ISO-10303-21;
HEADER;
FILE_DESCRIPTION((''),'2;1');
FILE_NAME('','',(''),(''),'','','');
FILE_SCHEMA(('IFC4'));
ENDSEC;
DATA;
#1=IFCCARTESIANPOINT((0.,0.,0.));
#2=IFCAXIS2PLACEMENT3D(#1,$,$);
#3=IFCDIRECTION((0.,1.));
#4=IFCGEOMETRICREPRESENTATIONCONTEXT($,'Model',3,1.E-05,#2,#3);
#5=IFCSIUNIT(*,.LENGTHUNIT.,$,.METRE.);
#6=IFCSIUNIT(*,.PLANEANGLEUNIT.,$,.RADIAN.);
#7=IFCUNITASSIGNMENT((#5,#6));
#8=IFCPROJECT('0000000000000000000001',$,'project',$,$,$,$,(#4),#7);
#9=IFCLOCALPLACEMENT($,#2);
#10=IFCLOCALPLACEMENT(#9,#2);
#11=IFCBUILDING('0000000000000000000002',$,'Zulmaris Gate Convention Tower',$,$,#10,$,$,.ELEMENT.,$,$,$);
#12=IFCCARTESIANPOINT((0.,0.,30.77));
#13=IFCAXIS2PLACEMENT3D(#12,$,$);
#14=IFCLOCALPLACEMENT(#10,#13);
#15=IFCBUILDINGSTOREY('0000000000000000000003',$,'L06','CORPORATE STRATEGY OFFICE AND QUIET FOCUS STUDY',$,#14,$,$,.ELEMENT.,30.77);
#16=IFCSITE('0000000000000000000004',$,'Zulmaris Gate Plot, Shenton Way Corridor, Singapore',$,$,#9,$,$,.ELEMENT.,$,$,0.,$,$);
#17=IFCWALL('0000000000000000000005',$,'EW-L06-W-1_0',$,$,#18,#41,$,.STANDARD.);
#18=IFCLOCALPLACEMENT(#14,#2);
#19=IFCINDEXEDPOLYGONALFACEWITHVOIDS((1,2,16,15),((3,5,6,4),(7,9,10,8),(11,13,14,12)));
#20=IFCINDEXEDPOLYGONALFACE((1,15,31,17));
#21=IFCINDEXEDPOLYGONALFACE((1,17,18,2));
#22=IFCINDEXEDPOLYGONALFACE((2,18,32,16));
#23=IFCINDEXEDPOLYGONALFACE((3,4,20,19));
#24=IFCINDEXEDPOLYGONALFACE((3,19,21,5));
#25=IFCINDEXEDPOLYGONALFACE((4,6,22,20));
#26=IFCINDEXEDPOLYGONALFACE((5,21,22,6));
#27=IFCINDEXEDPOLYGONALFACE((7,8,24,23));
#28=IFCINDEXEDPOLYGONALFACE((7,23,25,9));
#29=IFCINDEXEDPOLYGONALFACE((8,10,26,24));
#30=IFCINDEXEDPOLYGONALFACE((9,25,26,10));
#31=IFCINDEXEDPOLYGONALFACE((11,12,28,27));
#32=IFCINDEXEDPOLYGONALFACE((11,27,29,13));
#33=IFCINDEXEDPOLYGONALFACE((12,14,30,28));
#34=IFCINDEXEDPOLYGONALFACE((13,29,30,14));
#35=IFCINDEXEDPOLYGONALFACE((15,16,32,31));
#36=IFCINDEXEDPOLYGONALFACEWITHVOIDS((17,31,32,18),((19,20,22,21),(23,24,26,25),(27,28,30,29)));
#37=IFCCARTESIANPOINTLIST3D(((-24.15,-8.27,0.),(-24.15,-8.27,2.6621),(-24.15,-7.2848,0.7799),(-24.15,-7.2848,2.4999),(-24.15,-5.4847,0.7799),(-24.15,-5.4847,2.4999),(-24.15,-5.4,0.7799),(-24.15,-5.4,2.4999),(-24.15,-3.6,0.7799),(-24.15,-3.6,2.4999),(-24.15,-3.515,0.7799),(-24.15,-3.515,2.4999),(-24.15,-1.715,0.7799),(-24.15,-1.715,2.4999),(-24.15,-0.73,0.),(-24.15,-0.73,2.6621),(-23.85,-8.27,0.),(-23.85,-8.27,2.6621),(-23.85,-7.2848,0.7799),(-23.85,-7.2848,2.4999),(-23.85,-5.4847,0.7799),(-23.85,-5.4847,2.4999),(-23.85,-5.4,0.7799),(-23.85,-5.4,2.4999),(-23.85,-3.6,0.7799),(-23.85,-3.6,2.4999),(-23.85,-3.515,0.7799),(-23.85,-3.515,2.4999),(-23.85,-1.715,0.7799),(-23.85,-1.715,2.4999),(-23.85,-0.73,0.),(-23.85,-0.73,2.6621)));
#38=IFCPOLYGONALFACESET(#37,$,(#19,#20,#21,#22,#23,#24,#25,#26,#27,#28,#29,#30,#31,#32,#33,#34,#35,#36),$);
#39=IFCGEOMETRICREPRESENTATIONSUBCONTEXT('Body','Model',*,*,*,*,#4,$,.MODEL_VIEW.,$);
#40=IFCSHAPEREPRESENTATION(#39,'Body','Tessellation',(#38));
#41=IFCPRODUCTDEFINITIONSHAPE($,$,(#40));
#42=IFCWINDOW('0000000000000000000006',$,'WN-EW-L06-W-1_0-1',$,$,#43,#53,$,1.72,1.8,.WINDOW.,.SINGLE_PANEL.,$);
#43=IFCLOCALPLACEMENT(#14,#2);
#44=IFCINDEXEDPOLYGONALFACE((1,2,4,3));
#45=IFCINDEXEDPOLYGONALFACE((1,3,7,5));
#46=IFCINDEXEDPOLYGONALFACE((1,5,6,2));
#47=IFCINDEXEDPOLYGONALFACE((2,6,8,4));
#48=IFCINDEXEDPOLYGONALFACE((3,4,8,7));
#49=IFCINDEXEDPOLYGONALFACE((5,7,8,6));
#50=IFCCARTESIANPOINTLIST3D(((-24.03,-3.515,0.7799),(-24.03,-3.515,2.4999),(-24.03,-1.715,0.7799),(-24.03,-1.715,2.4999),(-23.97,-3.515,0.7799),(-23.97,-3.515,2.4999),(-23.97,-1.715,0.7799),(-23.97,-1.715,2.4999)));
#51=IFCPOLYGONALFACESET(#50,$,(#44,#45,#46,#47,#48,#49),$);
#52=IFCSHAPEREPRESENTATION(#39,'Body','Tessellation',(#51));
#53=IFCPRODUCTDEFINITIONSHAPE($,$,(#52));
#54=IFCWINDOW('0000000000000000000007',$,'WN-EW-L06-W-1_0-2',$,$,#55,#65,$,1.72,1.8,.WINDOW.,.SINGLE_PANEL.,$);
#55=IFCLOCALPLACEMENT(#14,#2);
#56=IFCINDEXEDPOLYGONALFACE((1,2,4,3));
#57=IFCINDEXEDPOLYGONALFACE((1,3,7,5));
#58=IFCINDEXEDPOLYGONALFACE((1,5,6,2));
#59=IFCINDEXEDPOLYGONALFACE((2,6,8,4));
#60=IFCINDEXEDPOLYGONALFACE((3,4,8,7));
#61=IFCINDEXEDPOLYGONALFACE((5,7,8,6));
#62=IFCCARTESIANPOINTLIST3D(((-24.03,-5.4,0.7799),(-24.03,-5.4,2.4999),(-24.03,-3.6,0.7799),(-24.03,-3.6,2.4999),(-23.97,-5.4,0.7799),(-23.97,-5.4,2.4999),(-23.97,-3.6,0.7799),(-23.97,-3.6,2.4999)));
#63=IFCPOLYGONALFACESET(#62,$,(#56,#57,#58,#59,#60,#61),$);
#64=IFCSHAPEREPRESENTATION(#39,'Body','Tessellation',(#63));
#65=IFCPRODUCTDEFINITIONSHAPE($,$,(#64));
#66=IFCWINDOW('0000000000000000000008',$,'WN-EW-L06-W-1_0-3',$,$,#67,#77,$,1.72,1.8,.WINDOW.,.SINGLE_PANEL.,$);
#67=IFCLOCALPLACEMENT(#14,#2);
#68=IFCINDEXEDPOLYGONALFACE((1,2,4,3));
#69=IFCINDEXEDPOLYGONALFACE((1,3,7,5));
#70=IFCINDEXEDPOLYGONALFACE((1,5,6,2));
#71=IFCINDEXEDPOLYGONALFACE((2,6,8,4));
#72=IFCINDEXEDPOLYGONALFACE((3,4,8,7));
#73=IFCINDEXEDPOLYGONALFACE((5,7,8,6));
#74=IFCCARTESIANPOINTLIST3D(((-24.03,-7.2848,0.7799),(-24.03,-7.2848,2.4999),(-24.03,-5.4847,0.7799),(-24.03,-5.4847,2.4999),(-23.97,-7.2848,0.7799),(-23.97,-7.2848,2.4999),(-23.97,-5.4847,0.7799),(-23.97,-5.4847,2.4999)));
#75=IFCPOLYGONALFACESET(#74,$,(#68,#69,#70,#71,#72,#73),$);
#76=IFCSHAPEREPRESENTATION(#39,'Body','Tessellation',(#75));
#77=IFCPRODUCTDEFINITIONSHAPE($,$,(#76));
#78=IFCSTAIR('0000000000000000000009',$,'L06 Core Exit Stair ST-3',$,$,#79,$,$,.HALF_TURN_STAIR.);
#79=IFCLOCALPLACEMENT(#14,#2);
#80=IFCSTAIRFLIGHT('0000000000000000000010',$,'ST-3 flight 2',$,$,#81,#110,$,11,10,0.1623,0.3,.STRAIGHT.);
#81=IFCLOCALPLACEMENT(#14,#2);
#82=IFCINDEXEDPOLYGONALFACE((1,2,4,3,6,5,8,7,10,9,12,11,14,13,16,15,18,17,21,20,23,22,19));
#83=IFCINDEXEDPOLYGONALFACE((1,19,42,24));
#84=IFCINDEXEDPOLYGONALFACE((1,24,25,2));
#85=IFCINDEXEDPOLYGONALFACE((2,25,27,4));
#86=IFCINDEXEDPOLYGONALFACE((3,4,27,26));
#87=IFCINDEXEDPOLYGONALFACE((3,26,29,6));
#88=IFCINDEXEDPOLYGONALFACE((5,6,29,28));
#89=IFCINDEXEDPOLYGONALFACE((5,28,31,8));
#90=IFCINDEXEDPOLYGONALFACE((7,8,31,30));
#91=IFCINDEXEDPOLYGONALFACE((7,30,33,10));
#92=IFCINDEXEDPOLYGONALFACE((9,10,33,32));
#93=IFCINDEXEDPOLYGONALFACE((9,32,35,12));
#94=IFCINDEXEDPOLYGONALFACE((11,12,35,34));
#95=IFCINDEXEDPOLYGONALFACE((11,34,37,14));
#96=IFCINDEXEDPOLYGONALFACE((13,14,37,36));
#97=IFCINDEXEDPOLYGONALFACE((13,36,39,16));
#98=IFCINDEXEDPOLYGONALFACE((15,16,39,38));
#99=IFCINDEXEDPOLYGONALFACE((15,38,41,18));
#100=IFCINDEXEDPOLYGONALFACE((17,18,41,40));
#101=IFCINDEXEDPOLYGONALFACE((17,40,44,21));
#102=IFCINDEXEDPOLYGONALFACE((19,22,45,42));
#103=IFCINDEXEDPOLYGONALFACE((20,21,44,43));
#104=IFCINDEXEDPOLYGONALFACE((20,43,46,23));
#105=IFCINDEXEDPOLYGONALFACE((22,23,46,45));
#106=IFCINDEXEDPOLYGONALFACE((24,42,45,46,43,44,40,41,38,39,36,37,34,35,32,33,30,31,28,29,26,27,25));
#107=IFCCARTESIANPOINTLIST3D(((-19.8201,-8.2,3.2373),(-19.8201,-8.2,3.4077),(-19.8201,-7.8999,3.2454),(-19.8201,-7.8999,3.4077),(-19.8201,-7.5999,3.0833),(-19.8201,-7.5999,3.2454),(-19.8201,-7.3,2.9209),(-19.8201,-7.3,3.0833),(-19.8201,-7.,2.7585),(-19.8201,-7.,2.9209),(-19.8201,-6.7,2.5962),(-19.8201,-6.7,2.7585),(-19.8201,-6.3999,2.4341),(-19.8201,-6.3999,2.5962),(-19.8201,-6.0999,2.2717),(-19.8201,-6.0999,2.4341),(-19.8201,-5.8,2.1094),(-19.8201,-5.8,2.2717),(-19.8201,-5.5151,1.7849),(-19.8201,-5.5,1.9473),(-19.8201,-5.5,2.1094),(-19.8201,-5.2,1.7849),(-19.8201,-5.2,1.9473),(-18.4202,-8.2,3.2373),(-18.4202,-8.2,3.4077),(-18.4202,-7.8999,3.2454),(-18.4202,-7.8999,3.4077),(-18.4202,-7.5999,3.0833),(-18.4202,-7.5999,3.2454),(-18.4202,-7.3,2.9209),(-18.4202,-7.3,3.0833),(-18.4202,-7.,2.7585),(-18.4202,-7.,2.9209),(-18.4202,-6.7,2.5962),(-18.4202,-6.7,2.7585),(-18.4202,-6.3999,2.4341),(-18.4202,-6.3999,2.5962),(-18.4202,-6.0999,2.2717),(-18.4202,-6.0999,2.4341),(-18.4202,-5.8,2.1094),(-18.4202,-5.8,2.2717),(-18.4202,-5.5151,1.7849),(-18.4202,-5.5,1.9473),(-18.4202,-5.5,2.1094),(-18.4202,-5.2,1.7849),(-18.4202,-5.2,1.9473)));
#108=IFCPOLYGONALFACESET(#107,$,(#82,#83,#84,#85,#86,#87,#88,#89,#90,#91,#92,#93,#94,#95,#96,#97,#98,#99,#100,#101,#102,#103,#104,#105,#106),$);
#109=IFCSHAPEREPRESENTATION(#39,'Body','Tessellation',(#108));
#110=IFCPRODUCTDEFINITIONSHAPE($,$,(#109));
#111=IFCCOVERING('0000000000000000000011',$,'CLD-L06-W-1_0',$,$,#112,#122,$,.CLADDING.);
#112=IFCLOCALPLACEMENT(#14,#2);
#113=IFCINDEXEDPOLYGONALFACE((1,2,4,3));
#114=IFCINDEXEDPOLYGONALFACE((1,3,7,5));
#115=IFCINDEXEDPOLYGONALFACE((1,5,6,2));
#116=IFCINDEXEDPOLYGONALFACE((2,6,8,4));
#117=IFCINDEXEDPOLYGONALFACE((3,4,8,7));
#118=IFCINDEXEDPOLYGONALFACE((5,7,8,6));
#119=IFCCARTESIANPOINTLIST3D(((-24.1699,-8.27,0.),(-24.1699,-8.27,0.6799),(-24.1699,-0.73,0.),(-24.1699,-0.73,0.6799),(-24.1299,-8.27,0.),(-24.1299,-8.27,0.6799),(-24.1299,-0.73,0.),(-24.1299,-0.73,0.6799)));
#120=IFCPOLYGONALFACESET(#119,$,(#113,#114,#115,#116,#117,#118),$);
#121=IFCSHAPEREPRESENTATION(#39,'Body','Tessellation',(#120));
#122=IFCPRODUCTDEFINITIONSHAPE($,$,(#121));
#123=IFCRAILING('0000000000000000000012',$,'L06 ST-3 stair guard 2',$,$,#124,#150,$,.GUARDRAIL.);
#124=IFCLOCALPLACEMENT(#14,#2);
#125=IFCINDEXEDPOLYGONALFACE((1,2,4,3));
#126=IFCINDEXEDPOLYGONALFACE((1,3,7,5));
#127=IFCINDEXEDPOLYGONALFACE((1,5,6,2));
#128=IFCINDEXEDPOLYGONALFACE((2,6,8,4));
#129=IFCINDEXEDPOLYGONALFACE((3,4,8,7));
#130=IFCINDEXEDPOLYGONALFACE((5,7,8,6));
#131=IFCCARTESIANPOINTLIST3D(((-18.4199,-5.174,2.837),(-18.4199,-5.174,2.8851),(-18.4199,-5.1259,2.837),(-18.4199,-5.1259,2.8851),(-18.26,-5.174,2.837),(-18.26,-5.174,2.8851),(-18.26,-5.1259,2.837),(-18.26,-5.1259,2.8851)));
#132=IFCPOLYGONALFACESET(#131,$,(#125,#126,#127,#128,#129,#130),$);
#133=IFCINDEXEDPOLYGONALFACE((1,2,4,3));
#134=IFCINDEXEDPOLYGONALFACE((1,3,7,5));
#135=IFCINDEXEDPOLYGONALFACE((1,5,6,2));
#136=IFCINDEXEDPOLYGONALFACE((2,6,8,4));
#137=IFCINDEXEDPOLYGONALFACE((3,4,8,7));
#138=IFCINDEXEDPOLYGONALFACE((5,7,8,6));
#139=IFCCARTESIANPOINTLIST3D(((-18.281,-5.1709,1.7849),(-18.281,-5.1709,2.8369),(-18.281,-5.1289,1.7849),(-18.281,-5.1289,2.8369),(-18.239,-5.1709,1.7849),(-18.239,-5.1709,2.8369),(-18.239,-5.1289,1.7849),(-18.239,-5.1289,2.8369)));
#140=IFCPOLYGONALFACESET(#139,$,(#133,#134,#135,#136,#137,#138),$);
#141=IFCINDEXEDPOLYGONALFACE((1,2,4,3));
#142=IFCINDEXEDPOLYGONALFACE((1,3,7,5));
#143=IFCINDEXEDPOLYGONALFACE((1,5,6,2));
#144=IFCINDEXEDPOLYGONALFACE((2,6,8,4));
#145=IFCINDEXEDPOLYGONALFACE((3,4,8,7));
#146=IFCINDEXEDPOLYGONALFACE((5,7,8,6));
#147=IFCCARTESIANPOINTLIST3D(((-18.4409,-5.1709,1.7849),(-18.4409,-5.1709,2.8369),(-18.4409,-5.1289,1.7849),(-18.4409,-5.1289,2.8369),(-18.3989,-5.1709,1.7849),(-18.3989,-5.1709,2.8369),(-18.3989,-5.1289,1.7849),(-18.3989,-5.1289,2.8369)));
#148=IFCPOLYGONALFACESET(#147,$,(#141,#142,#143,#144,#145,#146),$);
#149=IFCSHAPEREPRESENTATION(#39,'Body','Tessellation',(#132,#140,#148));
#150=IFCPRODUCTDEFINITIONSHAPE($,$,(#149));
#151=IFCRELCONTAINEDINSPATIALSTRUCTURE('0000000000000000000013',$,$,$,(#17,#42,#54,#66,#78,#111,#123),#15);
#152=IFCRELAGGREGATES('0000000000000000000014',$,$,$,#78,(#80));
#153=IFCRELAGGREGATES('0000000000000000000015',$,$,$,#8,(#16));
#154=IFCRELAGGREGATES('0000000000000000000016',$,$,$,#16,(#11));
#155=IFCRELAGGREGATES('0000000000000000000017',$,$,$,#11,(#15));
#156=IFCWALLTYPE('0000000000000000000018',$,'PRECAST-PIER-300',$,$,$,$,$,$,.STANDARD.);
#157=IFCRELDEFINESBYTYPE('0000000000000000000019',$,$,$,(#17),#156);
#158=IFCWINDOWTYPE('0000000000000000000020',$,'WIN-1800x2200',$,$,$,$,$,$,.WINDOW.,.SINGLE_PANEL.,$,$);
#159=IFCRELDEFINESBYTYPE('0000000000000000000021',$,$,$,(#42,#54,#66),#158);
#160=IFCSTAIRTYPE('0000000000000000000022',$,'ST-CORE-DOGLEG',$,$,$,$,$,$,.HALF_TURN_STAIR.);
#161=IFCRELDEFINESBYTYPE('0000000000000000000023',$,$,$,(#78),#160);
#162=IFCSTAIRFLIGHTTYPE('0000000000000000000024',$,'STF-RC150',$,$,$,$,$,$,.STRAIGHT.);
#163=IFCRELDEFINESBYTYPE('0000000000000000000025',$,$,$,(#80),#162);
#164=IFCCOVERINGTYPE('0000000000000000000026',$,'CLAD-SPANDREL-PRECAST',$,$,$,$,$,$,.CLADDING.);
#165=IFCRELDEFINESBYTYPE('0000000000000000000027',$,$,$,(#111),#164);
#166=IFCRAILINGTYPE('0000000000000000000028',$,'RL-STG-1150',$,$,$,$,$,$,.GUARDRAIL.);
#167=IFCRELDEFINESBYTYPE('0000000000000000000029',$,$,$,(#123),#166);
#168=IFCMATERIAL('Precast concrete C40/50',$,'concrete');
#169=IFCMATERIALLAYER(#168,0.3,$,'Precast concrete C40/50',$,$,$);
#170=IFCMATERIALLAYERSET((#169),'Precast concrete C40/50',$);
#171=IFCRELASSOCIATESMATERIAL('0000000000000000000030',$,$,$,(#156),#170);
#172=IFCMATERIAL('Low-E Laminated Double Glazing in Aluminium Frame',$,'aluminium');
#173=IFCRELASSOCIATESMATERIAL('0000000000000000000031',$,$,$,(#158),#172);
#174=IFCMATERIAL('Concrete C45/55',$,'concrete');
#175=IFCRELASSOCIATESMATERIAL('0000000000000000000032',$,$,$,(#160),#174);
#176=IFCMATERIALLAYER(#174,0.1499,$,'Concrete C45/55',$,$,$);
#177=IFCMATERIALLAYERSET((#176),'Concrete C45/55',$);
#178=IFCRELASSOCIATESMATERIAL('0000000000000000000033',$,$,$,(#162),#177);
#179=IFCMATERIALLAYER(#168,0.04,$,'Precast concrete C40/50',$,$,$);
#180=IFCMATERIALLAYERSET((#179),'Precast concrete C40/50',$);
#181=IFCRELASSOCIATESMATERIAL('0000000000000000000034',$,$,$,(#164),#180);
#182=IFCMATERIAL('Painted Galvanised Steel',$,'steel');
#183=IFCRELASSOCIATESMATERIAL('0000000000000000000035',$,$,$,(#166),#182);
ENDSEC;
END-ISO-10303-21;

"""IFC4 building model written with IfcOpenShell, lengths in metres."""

from ifc_helpers import new_model, si_unit, direction, frame, frame_2d, origin, origin_2d, place, context, subcontext, project, spatial, polyline, rectangle, outline, extrude, material, layer, layer_set, type_object, element, fill, aggregate, save


model = new_model("IFC4")

# Units and contexts
model_context = context("Model", 3, precision=1e-05, world=origin(), true_north=direction((0.0, 1.0)))
body_context = subcontext(model_context, "Body", "Model", "MODEL_VIEW")
ifc_project = project(units=[si_unit("LENGTHUNIT", "METRE"), si_unit("PLANEANGLEUNIT", "RADIAN")], contexts=[model_context])

# Site, building, storey
site_placement = place(None, origin())
site = spatial("IfcSite", under=ifc_project, at=site_placement, Name="Zulmaris Gate Plot, Shenton Way Corridor, Singapore", CompositionType="ELEMENT", RefElevation=0.0)
building_placement = place(site_placement, origin())
building = spatial("IfcBuilding", under=site, at=building_placement, Name="Zulmaris Gate Convention Tower", CompositionType="ELEMENT")
storey_placement = place(building_placement, frame((0.0, 0.0, 30.77)))
storey = spatial("IfcBuildingStorey", under=building, at=storey_placement, Name="L06", Description="CORPORATE STRATEGY OFFICE AND QUIET FOCUS STUDY", CompositionType="ELEMENT", Elevation=30.77)

# Shared definitions
ifc_material_1 = material(Name="Precast concrete C40/50", Category="concrete")
ifc_layer_1 = layer(ifc_material_1, 0.3, Name="Precast concrete C40/50")
ifc_layer_set_1 = layer_set([ifc_layer_1], Name="Precast concrete C40/50")
wall_type_1 = type_object("IfcWallType", Name="PRECAST-PIER-300", PredefinedType="STANDARD", material=ifc_layer_set_1)

# Wall, openings, windows
wall_1_placement = place(storey_placement, frame((-24.0, -0.73, 0.0), z_axis=(0.0, 0.0, 1.0), x_axis=(0.0, -1.0, 0.0)))
wall_1 = element("IfcWall", 1, at=wall_1_placement, inside=storey, type_object=wall_type_1, Name="EW-L06-W-1_0", PredefinedType="STANDARD", context=body_context, shape_type="SweptSolid", body=[
    extrude(rectangle(XDim=7.54, YDim=0.3, at=frame_2d((3.77, 0.0))), origin(), (0.0, 0.0, 1.0), 2.6621),
])
opening_1_placement = place(wall_1_placement, frame((0.9851, 0.0, 0.78)))
opening_1 = element("IfcOpeningElement", 2, at=opening_1_placement, cuts=wall_1, PredefinedType="OPENING", context=body_context, shape_type="SweptSolid", body=[
    extrude(rectangle(XDim=1.8, YDim=1.72, at=frame_2d((0.8999, 0.8599))), frame((0.0, 0.1602, 0.0), z_axis=(0.0, -1.0, 0.0), x_axis=(1.0, 0.0, 0.0)), (0.0, 0.0, 1.0), 0.3201),
])
opening_2_placement = place(wall_1_placement, frame((2.8701, 0.0, 0.78)))
opening_2 = element("IfcOpeningElement", 3, at=opening_2_placement, cuts=wall_1, PredefinedType="OPENING", context=body_context, shape_type="SweptSolid", body=[
    extrude(rectangle(XDim=1.8, YDim=1.72, at=frame_2d((0.8999, 0.8599))), frame((0.0, 0.1602, 0.0), z_axis=(0.0, -1.0, 0.0), x_axis=(1.0, 0.0, 0.0)), (0.0, 0.0, 1.0), 0.3201),
])
opening_3_placement = place(wall_1_placement, frame((4.7549, 0.0, 0.78)))
opening_3 = element("IfcOpeningElement", 4, at=opening_3_placement, cuts=wall_1, PredefinedType="OPENING", context=body_context, shape_type="SweptSolid", body=[
    extrude(rectangle(XDim=1.8, YDim=1.72, at=frame_2d((0.8999, 0.8599))), frame((0.0, 0.1602, 0.0), z_axis=(0.0, -1.0, 0.0), x_axis=(1.0, 0.0, 0.0)), (0.0, 0.0, 1.0), 0.3201),
])
ifc_material_2 = material(Name="Low-E Laminated Double Glazing in Aluminium Frame", Category="aluminium")
window_type = type_object("IfcWindowType", Name="WIN-1800x2200", PartitioningType="SINGLE_PANEL", PredefinedType="WINDOW", material=ifc_material_2)
window_1_placement = place(opening_1_placement, origin())
window_1 = element("IfcWindow", 5, at=window_1_placement, inside=storey, type_object=window_type, Name="WN-EW-L06-W-1_0-1", OverallHeight=1.72, OverallWidth=1.8, PartitioningType="SINGLE_PANEL", PredefinedType="WINDOW", context=body_context, shape_type="SweptSolid", body=[
    extrude(rectangle(XDim=1.8, YDim=1.72, at=frame_2d((0.8999, 0.8599))), frame((0.0, 0.03, 0.0), z_axis=(0.0, -1.0, 0.0), x_axis=(1.0, 0.0, 0.0)), (0.0, 0.0, 1.0), 0.0601),
])
fill(opening_1, window_1)
window_2_placement = place(opening_2_placement, origin())
window_2 = element("IfcWindow", 6, at=window_2_placement, inside=storey, type_object=window_type, Name="WN-EW-L06-W-1_0-2", OverallHeight=1.72, OverallWidth=1.8, PartitioningType="SINGLE_PANEL", PredefinedType="WINDOW", context=body_context, shape_type="SweptSolid", body=[
    extrude(rectangle(XDim=1.8, YDim=1.72, at=frame_2d((0.8999, 0.8599))), frame((0.0, 0.03, 0.0), z_axis=(0.0, -1.0, 0.0), x_axis=(1.0, 0.0, 0.0)), (0.0, 0.0, 1.0), 0.0601),
])
fill(opening_2, window_2)
window_3_placement = place(opening_3_placement, origin())
window_3 = element("IfcWindow", 7, at=window_3_placement, inside=storey, type_object=window_type, Name="WN-EW-L06-W-1_0-3", OverallHeight=1.72, OverallWidth=1.8, PartitioningType="SINGLE_PANEL", PredefinedType="WINDOW", context=body_context, shape_type="SweptSolid", body=[
    extrude(rectangle(XDim=1.8, YDim=1.72, at=frame_2d((0.8999, 0.8599))), frame((0.0, 0.03, 0.0), z_axis=(0.0, -1.0, 0.0), x_axis=(1.0, 0.0, 0.0)), (0.0, 0.0, 1.0), 0.0601),
])
fill(opening_3, window_3)

# Stair, stair flight
ifc_material_3 = material(Name="Concrete C45/55", Category="concrete")
stair_type = type_object("IfcStairType", Name="ST-CORE-DOGLEG", PredefinedType="HALF_TURN_STAIR", material=ifc_material_3)
stair_placement = place(storey_placement, origin())
stair = element("IfcStair", 8, at=stair_placement, inside=storey, type_object=stair_type, Name="L06 Core Exit Stair ST-3", PredefinedType="HALF_TURN_STAIR")
ifc_layer_2 = layer(ifc_material_3, 0.1499, Name="Concrete C45/55")
ifc_layer_set_2 = layer_set([ifc_layer_2], Name="Concrete C45/55")
stair_flight_type = type_object("IfcStairFlightType", Name="STF-RC150", PredefinedType="STRAIGHT", material=ifc_layer_set_2)
stair_flight_placement = place(storey_placement, frame((-19.1201, -5.2, 1.7849), z_axis=(0.0, 0.0, 1.0), x_axis=(0.0, -1.0, 0.0)))
stair_flight = element("IfcStairFlight", 9, at=stair_flight_placement, type_object=stair_flight_type, Name="ST-3 flight 2", NumberOfRisers=11, NumberOfTreads=10, PredefinedType="STRAIGHT", RiserHeight=0.1623, TreadLength=0.3, context=body_context, shape_type="SweptSolid", body=[
    extrude(outline(polyline([(0.0, 0.0), (0.0, 0.1624), (0.3, 0.1624), (0.3, 0.3245), (0.6001, 0.3245), (0.6001, 0.4868), (0.8999, 0.4868), (0.8999, 0.6492), (1.2, 0.6492), (1.2, 0.8113), (1.5, 0.8113), (1.5, 0.9736), (1.8, 0.9736), (1.8, 1.136), (2.1001, 1.136), (2.1001, 1.2983), (2.3999, 1.2983), (2.3999, 1.4604), (2.7, 1.4604), (2.7, 1.6228), (3.0, 1.6228), (3.0, 1.7852), (3.0, 1.4524), (0.3152, 0.0), (0.0, 0.0)])), frame((0.0, 0.7, 0.0), z_axis=(0.0, -1.0, 0.0), x_axis=(1.0, 0.0, 0.0)), (0.0, 0.0, 1.0), 1.3999),
])
aggregate(stair, [stair_flight])

# Covering
ifc_layer_3 = layer(ifc_material_1, 0.04, Name="Precast concrete C40/50")
ifc_layer_set_3 = layer_set([ifc_layer_3], Name="Precast concrete C40/50")
covering_type = type_object("IfcCoveringType", Name="CLAD-SPANDREL-PRECAST", PredefinedType="CLADDING", material=ifc_layer_set_3)
covering_placement = place(storey_placement, frame((-24.1499, -0.73, 0.0), z_axis=(0.0, 0.0, 1.0), x_axis=(0.0, -1.0, 0.0)))
element("IfcCovering", 10, at=covering_placement, inside=storey, type_object=covering_type, Name="CLD-L06-W-1_0", PredefinedType="CLADDING", context=body_context, shape_type="SweptSolid", body=[
    extrude(rectangle(XDim=7.54, YDim=0.04, at=frame_2d((3.77, 0.0))), origin(), (0.0, 0.0, 1.0), 0.6799),
])

# Railing
ifc_material_4 = material(Name="Painted Galvanised Steel", Category="steel")
railing_type_1 = type_object("IfcRailingType", Name="RL-STG-1150", PredefinedType="GUARDRAIL", material=ifc_material_4)
railing_1_placement = place(storey_placement, frame((-18.26, -5.1499, 1.7849)))
element("IfcRailing", 11, at=railing_1_placement, inside=storey, type_object=railing_type_1, Name="L06 ST-3 stair guard 2", PredefinedType="GUARDRAIL", context=body_context, shape_type="SweptSolid", body=[
    extrude(rectangle(XDim=0.0481, YDim=0.0481, at=origin_2d()), frame((0.0, 0.0, 1.0762), z_axis=(-1.0, 0.0, 0.0), x_axis=(0.0, -1.0, 0.0)), (0.0, 0.0, 1.0), 0.1599),
    extrude(rectangle(XDim=0.042, YDim=0.042, at=origin_2d()), origin(), (0.0, 0.0, 1.0), 1.052),
    extrude(rectangle(XDim=0.042, YDim=0.042, at=origin_2d()), frame((-0.1599, 0.0, 0.0)), (0.0, 0.0, 1.0), 1.052),
])

save(model, "model.ifc")
